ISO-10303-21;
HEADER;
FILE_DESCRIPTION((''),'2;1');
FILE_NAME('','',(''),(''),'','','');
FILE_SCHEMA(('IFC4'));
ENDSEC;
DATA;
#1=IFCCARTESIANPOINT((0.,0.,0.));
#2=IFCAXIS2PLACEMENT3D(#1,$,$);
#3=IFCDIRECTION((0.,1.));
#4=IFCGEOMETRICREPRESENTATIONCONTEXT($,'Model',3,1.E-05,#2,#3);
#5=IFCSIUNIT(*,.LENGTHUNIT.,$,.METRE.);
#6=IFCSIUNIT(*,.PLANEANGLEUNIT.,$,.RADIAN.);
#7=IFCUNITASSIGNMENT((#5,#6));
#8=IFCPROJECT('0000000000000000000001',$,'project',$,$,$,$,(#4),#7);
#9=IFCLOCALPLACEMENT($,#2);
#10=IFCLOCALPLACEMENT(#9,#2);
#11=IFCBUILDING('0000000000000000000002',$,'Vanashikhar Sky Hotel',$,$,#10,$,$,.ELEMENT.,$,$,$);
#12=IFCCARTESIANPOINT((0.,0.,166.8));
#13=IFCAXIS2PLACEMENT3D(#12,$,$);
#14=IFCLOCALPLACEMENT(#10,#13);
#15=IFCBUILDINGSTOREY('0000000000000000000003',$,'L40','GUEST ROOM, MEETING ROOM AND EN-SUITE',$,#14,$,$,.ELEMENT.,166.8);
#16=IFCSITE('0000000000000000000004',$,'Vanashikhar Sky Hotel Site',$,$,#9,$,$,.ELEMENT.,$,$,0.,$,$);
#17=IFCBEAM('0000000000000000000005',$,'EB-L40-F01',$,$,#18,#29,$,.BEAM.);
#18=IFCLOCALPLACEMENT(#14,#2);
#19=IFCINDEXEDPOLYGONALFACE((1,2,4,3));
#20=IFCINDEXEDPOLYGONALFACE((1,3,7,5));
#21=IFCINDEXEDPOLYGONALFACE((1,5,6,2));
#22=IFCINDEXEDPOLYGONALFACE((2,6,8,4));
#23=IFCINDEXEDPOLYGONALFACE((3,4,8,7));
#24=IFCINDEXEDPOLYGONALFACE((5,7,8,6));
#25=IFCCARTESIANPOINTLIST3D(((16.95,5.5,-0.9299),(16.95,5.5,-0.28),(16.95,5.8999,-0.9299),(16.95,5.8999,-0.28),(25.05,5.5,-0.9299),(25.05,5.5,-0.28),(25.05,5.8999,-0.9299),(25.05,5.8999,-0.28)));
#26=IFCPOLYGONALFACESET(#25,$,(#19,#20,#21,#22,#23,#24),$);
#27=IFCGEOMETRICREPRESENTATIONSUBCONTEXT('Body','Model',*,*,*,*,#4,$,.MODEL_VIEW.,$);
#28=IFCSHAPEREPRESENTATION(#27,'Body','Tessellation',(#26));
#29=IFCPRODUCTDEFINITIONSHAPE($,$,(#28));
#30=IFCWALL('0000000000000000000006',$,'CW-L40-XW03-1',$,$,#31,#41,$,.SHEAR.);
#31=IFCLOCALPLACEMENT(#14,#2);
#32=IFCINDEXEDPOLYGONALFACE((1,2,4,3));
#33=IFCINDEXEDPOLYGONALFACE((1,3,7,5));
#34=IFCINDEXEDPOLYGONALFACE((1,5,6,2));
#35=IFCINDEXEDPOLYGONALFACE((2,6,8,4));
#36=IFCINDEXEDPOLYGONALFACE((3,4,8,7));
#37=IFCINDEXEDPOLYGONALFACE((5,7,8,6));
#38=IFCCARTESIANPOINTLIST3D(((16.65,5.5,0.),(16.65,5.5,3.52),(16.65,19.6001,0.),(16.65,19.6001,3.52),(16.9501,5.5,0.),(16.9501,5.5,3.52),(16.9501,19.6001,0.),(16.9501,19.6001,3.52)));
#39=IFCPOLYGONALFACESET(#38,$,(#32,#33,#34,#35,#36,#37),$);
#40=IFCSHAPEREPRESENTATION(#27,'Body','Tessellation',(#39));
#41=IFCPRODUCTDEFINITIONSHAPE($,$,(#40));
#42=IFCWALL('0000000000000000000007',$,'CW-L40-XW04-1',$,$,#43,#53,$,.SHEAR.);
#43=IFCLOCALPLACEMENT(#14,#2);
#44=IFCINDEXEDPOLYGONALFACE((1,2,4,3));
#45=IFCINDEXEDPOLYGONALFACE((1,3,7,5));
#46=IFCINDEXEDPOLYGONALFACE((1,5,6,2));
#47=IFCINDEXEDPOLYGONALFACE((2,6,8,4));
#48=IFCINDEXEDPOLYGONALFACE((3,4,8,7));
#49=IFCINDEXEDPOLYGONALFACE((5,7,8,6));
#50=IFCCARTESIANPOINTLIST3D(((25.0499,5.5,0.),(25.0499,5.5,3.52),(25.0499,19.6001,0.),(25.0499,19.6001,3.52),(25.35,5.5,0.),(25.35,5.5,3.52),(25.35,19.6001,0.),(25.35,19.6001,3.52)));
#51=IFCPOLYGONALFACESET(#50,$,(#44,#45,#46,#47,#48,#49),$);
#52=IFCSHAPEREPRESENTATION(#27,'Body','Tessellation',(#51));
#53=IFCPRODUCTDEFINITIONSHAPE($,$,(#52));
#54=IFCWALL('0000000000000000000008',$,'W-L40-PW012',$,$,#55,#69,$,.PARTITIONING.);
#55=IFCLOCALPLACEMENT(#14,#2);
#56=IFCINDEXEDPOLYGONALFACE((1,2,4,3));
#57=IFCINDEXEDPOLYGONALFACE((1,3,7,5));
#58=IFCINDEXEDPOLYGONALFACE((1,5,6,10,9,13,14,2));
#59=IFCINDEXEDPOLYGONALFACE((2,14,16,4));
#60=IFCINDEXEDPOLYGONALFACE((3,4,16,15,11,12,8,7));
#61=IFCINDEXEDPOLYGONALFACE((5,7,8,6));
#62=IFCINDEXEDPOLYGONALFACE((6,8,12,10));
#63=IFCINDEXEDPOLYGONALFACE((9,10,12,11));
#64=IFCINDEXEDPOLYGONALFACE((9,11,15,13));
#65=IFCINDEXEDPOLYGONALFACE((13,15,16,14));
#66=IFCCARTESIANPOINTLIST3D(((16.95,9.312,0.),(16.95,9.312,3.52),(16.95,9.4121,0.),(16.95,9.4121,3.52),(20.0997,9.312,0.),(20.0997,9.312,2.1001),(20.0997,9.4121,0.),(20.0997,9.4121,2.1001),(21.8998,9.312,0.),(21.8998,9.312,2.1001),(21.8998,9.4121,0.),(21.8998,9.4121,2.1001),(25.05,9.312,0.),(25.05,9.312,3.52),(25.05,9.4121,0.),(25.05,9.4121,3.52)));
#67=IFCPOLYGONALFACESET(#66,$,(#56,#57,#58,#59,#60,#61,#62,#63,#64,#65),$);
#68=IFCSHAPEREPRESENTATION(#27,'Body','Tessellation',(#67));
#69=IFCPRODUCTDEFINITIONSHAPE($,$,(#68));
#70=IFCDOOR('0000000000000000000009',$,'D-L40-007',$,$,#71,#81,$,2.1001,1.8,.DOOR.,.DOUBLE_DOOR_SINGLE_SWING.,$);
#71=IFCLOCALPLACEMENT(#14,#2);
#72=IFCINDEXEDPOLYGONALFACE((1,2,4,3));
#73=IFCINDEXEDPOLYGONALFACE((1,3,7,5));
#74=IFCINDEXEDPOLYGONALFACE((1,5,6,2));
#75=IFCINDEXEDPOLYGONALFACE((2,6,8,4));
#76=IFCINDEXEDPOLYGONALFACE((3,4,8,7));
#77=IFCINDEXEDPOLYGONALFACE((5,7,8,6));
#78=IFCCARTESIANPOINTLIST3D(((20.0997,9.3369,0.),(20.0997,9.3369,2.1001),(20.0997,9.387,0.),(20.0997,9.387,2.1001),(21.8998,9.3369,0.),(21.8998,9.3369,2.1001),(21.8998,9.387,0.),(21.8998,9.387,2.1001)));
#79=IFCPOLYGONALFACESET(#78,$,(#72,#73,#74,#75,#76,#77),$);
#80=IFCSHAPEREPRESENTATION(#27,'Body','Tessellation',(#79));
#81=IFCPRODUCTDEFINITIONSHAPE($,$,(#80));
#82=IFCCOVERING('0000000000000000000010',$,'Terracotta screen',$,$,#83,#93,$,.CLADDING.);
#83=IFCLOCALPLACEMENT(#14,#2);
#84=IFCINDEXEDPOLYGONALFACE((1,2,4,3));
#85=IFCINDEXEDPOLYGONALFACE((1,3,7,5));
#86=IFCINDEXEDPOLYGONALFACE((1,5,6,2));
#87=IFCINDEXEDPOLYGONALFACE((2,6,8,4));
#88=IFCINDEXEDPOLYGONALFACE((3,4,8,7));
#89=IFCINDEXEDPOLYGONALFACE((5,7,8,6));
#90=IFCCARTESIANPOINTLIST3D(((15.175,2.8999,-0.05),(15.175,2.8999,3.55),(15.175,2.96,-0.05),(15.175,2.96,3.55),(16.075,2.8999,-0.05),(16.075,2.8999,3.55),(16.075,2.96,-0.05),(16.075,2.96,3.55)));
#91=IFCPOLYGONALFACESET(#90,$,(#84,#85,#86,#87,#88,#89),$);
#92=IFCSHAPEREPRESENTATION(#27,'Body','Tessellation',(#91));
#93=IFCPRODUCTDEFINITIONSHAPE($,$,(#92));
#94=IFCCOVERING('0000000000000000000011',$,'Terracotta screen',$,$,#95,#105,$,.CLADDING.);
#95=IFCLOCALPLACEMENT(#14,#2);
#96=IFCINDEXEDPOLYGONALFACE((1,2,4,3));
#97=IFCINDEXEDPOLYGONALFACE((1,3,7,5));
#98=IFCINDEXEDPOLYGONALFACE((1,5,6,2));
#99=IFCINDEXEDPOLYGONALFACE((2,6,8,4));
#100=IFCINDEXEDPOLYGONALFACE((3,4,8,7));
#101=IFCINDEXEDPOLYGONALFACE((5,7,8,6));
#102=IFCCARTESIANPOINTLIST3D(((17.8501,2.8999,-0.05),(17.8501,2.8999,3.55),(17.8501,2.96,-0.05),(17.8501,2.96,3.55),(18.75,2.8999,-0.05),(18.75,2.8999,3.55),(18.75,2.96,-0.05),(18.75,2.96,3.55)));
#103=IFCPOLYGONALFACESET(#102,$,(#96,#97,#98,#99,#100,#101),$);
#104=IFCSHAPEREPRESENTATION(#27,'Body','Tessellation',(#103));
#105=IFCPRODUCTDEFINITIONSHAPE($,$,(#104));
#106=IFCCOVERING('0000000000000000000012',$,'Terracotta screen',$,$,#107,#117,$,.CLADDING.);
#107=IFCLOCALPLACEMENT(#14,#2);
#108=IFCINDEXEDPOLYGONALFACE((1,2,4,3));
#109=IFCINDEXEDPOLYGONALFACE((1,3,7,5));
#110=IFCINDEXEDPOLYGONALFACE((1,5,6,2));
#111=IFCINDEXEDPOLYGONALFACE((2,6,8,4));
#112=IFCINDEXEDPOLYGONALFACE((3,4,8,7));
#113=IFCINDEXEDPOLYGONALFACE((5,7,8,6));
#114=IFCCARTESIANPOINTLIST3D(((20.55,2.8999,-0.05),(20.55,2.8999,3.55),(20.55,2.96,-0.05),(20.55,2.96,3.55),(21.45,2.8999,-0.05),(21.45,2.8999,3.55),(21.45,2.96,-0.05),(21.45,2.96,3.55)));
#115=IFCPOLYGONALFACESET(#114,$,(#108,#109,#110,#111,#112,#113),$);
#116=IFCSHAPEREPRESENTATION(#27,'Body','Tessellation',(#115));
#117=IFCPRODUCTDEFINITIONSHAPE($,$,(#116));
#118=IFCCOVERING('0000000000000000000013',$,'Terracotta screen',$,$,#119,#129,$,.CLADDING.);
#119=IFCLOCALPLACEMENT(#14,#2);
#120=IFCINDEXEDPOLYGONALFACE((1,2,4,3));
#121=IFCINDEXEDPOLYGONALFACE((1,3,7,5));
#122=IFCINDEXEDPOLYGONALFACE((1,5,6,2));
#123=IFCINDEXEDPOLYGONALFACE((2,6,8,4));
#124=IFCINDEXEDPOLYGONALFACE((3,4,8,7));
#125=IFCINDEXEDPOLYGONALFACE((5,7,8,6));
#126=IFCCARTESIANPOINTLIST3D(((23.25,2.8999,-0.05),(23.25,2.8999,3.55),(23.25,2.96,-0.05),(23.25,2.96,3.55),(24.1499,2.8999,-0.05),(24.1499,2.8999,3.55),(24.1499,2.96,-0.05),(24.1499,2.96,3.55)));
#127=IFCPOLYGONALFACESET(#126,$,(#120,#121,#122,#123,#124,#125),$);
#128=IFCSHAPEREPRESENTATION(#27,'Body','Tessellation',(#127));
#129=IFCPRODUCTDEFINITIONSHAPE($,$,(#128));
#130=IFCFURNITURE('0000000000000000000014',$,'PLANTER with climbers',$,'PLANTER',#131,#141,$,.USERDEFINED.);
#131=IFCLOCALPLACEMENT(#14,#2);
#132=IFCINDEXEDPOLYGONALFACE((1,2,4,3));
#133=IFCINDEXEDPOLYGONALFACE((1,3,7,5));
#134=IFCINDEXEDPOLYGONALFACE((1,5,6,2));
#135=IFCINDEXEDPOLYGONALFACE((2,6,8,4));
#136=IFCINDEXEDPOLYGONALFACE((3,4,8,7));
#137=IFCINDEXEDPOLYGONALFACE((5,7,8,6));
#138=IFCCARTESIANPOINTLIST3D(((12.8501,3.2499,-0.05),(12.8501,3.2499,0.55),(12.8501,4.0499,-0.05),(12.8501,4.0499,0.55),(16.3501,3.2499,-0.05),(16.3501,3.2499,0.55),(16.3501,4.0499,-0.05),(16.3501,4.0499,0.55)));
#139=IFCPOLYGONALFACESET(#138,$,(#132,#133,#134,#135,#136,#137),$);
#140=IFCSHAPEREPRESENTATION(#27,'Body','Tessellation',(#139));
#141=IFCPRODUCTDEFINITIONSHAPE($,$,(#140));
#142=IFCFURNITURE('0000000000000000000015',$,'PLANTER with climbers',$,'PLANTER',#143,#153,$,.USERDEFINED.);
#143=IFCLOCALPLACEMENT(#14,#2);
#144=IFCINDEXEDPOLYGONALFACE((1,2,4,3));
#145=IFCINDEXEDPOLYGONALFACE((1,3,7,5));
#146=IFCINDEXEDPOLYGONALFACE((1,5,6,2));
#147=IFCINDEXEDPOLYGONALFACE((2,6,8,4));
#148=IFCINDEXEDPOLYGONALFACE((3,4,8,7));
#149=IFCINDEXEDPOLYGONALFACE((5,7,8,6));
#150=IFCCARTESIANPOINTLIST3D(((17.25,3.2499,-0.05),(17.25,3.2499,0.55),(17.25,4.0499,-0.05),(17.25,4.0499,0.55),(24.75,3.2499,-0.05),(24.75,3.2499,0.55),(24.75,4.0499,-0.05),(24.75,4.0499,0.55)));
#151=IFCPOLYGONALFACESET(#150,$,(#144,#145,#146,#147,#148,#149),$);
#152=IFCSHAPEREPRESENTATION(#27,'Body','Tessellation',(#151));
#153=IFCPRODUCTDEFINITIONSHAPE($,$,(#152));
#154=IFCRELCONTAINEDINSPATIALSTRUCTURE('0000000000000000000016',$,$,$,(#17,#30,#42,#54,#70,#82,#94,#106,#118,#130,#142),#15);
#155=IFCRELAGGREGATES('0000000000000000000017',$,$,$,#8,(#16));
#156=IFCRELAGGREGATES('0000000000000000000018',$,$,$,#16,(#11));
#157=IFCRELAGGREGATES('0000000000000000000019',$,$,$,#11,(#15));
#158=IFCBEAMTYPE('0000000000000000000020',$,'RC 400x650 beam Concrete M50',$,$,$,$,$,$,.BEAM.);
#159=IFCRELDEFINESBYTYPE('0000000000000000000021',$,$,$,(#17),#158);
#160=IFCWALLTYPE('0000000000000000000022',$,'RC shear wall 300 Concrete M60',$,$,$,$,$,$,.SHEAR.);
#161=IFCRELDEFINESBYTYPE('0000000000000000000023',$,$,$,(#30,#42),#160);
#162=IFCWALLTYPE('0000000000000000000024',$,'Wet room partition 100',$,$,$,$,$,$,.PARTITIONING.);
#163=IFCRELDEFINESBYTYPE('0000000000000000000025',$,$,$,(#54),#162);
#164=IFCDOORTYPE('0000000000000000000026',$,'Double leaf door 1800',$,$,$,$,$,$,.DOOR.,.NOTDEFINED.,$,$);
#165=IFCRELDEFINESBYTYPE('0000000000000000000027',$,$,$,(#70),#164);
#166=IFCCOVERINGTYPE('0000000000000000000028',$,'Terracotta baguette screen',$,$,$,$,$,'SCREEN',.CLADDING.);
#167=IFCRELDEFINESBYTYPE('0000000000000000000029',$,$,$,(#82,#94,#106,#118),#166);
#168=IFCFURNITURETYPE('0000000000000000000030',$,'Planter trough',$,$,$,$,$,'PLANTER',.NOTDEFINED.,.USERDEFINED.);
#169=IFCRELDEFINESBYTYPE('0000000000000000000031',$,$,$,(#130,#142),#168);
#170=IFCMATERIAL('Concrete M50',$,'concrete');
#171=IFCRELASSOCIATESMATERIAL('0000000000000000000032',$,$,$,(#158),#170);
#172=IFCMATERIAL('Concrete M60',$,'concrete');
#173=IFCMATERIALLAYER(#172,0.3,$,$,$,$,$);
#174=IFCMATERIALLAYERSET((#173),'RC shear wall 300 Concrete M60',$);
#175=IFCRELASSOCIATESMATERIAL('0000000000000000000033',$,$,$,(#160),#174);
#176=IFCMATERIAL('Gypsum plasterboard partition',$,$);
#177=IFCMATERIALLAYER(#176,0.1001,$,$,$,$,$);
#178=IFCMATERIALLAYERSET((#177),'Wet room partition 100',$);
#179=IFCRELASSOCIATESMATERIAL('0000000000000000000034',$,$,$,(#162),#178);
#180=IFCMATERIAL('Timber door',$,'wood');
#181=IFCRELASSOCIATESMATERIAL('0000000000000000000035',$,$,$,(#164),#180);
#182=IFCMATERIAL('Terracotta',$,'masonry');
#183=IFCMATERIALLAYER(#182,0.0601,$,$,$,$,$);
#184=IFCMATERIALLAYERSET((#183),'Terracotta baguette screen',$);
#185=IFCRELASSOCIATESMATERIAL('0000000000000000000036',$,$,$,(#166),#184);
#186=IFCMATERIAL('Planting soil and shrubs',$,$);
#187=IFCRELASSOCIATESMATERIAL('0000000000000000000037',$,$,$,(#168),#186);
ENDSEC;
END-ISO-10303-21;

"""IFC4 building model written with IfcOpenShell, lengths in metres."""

from ifc_helpers import new_model, si_unit, direction, frame, frame_2d, origin, origin_2d, place, context, subcontext, project, spatial, rectangle, extrude, source, transform, mapped, material, layer, layer_set, material_profile, profile_set, type_object, element, fill, save


model = new_model("IFC4")

# Units and contexts
model_context = context("Model", 3, precision=1e-05, world=origin(), true_north=direction((0.0, 1.0)))
body_context = subcontext(model_context, "Body", "Model", "MODEL_VIEW")
ifc_project = project(units=[si_unit("LENGTHUNIT", "METRE"), si_unit("PLANEANGLEUNIT", "RADIAN")], contexts=[model_context])

# Site, building, storey
site_placement = place(None, origin())
site = spatial("IfcSite", under=ifc_project, at=site_placement, Name="Vanashikhar Sky Hotel Site", CompositionType="ELEMENT", RefElevation=0.0)
building_placement = place(site_placement, origin())
building = spatial("IfcBuilding", under=site, at=building_placement, Name="Vanashikhar Sky Hotel", CompositionType="ELEMENT")
storey_placement = place(building_placement, frame((0.0, 0.0, 166.8)))
storey = spatial("IfcBuildingStorey", under=building, at=storey_placement, Name="L40", Description="GUEST ROOM, MEETING ROOM AND EN-SUITE", CompositionType="ELEMENT", Elevation=166.8)

# Beam
ifc_material_1 = material(Name="Concrete M50", Category="concrete")
ifc_material_profile = material_profile(ifc_material_1, rectangle(XDim=0.3999, YDim=0.6499, at=origin_2d()))
ifc_profile_set = profile_set([ifc_material_profile], Name="RC 400x650 beam Concrete M50")
beam_type = type_object("IfcBeamType", Name="RC 400x650 beam Concrete M50", PredefinedType="BEAM", material=ifc_profile_set)
shared_shape_1 = source(origin(), body_context, "Body", "SweptSolid", [
    extrude(rectangle(XDim=0.3999, YDim=0.6499, at=origin_2d()), origin(), (0.0, 0.0, 1.0), 8.1001),
])
beam_placement = place(storey_placement, frame((16.95, 5.7, -0.605), z_axis=(1.0, 0.0, 0.0), x_axis=(0.0, 1.0, 0.0)))
element("IfcBeam", 1, at=beam_placement, inside=storey, type_object=beam_type, Name="EB-L40-F01", PredefinedType="BEAM", context=body_context, shape_type="MappedRepresentation", body=[
    mapped(shared_shape_1, transform((0.0, 0.0, 0.0), scale=1.0)),
])

# Walls
ifc_material_2 = material(Name="Concrete M60", Category="concrete")
ifc_layer_1 = layer(ifc_material_2, 0.3)
ifc_layer_set_1 = layer_set([ifc_layer_1], Name="RC shear wall 300 Concrete M60")
wall_type_1 = type_object("IfcWallType", Name="RC shear wall 300 Concrete M60", PredefinedType="SHEAR", material=ifc_layer_set_1)
shared_shape_2 = source(origin(), body_context, "Body", "SweptSolid", [
    extrude(rectangle(XDim=14.1001, YDim=0.3, at=frame_2d((7.05, 0.0))), origin(), (0.0, 0.0, 1.0), 3.52),
])
for number, where, z_axis, x_axis, name in (
    (2, (16.8, 5.5, 0.0), (0.0, 0.0, 1.0), (0.0, 1.0, 0.0), "CW-L40-XW03-1"),
    (3, (25.2, 5.5, 0.0), (0.0, 0.0, 1.0), (0.0, 1.0, 0.0), "CW-L40-XW04-1"),
):
    element("IfcWall", number, at=place(storey_placement, frame(where, z_axis=z_axis, x_axis=x_axis)), inside=storey, type_object=wall_type_1, Name=name, PredefinedType="SHEAR", context=body_context, shape_type="MappedRepresentation", body=[
        mapped(shared_shape_2, transform((0.0, 0.0, 0.0), scale=1.0)),
    ])

# Wall, opening, door
ifc_material_3 = material(Name="Gypsum plasterboard partition")
ifc_layer_2 = layer(ifc_material_3, 0.1001)
ifc_layer_set_2 = layer_set([ifc_layer_2], Name="Wet room partition 100")
wall_type_2 = type_object("IfcWallType", Name="Wet room partition 100", PredefinedType="PARTITIONING", material=ifc_layer_set_2)
shared_shape_3 = source(origin(), body_context, "Body", "SweptSolid", [
    extrude(rectangle(XDim=8.1001, YDim=0.1001, at=frame_2d((4.05, 0.0))), origin(), (0.0, 0.0, 1.0), 3.52),
])
wall_1_placement = place(storey_placement, frame((16.95, 9.3621, 0.0), z_axis=(0.0, 0.0, 1.0), x_axis=(1.0, 0.0, 0.0)))
wall_1 = element("IfcWall", 4, at=wall_1_placement, inside=storey, type_object=wall_type_2, Name="W-L40-PW012", PredefinedType="PARTITIONING", context=body_context, shape_type="MappedRepresentation", body=[
    mapped(shared_shape_3, transform((0.0, 0.0, 0.0), scale=1.0)),
])
shared_shape_4 = source(origin(), body_context, "Body", "SweptSolid", [
    extrude(rectangle(XDim=1.8, YDim=2.1001, at=frame_2d((0.8999, 1.05))), frame((0.0, 0.0601, 0.0), z_axis=(0.0, -1.0, 0.0), x_axis=(1.0, 0.0, 0.0)), (0.0, 0.0, 1.0), 0.1201),
])
opening_1_placement = place(wall_1_placement, frame((3.1499, 0.0, 0.0)))
opening_1 = element("IfcOpeningElement", 5, at=opening_1_placement, cuts=wall_1, PredefinedType="OPENING", context=body_context, shape_type="MappedRepresentation", body=[
    mapped(shared_shape_4, transform((0.0, 0.0, 0.0), scale=1.0)),
])
ifc_material_4 = material(Name="Timber door", Category="wood")
door_type_1 = type_object("IfcDoorType", Name="Double leaf door 1800", OperationType="NOTDEFINED", PredefinedType="DOOR", material=ifc_material_4)
shared_shape_5 = source(origin(), body_context, "Body", "SweptSolid", [
    extrude(rectangle(XDim=1.8, YDim=2.1001, at=frame_2d((0.8999, 1.05))), frame((0.0, 0.0249, 0.0), z_axis=(0.0, -1.0, 0.0), x_axis=(1.0, 0.0, 0.0)), (0.0, 0.0, 1.0), 0.05),
])
door_1_placement = place(opening_1_placement, origin())
door_1 = element("IfcDoor", 6, at=door_1_placement, inside=storey, type_object=door_type_1, Name="D-L40-007", OperationType="DOUBLE_DOOR_SINGLE_SWING", OverallHeight=2.1001, OverallWidth=1.8, PredefinedType="DOOR", context=body_context, shape_type="MappedRepresentation", body=[
    mapped(shared_shape_5, transform((0.0, 0.0, 0.0), scale=1.0)),
])
fill(opening_1, door_1)

# Coverings
ifc_material_5 = material(Name="Terracotta", Category="masonry")
ifc_layer_3 = layer(ifc_material_5, 0.0601)
ifc_layer_set_3 = layer_set([ifc_layer_3], Name="Terracotta baguette screen")
covering_type = type_object("IfcCoveringType", Name="Terracotta baguette screen", ElementType="SCREEN", PredefinedType="CLADDING", material=ifc_layer_set_3)
shared_shape_6 = source(origin(), body_context, "Body", "SweptSolid", [
    extrude(rectangle(XDim=0.8999, YDim=0.0601, at=origin_2d()), origin(), (0.0, 0.0, 1.0), 3.6001),
])
for number, where, z_axis, x_axis, name in (
    (7, (15.625, 2.9299, -0.05), (0.0, 0.0, 1.0), (1.0, 0.0, 0.0), "Terracotta screen"),
    (8, (18.3, 2.9299, -0.05), (0.0, 0.0, 1.0), (1.0, 0.0, 0.0), "Terracotta screen"),
    (9, (21.0, 2.9299, -0.05), (0.0, 0.0, 1.0), (1.0, 0.0, 0.0), "Terracotta screen"),
    (10, (23.7, 2.9299, -0.05), (0.0, 0.0, 1.0), (1.0, 0.0, 0.0), "Terracotta screen"),
):
    element("IfcCovering", number, at=place(storey_placement, frame(where, z_axis=z_axis, x_axis=x_axis)), inside=storey, type_object=covering_type, Name=name, PredefinedType="CLADDING", context=body_context, shape_type="MappedRepresentation", body=[
        mapped(shared_shape_6, transform((0.0, 0.0, 0.0), scale=1.0)),
    ])

# Furniture
ifc_material_6 = material(Name="Planting soil and shrubs")
furniture_type = type_object("IfcFurnitureType", Name="Planter trough", ElementType="PLANTER", AssemblyPlace="NOTDEFINED", PredefinedType="USERDEFINED", material=ifc_material_6)
shared_shape_7 = source(origin(), body_context, "Body", "SweptSolid", [
    extrude(rectangle(XDim=3.5, YDim=0.8, at=origin_2d()), origin(), (0.0, 0.0, 1.0), 0.6001),
])
furniture_1_placement = place(storey_placement, frame((14.6001, 3.6499, -0.05), z_axis=(0.0, 0.0, 1.0), x_axis=(1.0, 0.0, 0.0)))
element("IfcFurniture", 11, at=furniture_1_placement, inside=storey, type_object=furniture_type, Name="PLANTER with climbers", ObjectType="PLANTER", PredefinedType="USERDEFINED", context=body_context, shape_type="MappedRepresentation", body=[
    mapped(shared_shape_7, transform((0.0, 0.0, 0.0), scale=1.0)),
])
shared_shape_8 = source(origin(), body_context, "Body", "SweptSolid", [
    extrude(rectangle(XDim=7.5, YDim=0.8, at=origin_2d()), origin(), (0.0, 0.0, 1.0), 0.6001),
])
furniture_2_placement = place(storey_placement, frame((21.0, 3.6499, -0.05), z_axis=(0.0, 0.0, 1.0), x_axis=(1.0, 0.0, 0.0)))
element("IfcFurniture", 12, at=furniture_2_placement, inside=storey, type_object=furniture_type, Name="PLANTER with climbers", ObjectType="PLANTER", PredefinedType="USERDEFINED", context=body_context, shape_type="MappedRepresentation", body=[
    mapped(shared_shape_8, transform((0.0, 0.0, 0.0), scale=1.0)),
])

save(model, "model.ifc")
